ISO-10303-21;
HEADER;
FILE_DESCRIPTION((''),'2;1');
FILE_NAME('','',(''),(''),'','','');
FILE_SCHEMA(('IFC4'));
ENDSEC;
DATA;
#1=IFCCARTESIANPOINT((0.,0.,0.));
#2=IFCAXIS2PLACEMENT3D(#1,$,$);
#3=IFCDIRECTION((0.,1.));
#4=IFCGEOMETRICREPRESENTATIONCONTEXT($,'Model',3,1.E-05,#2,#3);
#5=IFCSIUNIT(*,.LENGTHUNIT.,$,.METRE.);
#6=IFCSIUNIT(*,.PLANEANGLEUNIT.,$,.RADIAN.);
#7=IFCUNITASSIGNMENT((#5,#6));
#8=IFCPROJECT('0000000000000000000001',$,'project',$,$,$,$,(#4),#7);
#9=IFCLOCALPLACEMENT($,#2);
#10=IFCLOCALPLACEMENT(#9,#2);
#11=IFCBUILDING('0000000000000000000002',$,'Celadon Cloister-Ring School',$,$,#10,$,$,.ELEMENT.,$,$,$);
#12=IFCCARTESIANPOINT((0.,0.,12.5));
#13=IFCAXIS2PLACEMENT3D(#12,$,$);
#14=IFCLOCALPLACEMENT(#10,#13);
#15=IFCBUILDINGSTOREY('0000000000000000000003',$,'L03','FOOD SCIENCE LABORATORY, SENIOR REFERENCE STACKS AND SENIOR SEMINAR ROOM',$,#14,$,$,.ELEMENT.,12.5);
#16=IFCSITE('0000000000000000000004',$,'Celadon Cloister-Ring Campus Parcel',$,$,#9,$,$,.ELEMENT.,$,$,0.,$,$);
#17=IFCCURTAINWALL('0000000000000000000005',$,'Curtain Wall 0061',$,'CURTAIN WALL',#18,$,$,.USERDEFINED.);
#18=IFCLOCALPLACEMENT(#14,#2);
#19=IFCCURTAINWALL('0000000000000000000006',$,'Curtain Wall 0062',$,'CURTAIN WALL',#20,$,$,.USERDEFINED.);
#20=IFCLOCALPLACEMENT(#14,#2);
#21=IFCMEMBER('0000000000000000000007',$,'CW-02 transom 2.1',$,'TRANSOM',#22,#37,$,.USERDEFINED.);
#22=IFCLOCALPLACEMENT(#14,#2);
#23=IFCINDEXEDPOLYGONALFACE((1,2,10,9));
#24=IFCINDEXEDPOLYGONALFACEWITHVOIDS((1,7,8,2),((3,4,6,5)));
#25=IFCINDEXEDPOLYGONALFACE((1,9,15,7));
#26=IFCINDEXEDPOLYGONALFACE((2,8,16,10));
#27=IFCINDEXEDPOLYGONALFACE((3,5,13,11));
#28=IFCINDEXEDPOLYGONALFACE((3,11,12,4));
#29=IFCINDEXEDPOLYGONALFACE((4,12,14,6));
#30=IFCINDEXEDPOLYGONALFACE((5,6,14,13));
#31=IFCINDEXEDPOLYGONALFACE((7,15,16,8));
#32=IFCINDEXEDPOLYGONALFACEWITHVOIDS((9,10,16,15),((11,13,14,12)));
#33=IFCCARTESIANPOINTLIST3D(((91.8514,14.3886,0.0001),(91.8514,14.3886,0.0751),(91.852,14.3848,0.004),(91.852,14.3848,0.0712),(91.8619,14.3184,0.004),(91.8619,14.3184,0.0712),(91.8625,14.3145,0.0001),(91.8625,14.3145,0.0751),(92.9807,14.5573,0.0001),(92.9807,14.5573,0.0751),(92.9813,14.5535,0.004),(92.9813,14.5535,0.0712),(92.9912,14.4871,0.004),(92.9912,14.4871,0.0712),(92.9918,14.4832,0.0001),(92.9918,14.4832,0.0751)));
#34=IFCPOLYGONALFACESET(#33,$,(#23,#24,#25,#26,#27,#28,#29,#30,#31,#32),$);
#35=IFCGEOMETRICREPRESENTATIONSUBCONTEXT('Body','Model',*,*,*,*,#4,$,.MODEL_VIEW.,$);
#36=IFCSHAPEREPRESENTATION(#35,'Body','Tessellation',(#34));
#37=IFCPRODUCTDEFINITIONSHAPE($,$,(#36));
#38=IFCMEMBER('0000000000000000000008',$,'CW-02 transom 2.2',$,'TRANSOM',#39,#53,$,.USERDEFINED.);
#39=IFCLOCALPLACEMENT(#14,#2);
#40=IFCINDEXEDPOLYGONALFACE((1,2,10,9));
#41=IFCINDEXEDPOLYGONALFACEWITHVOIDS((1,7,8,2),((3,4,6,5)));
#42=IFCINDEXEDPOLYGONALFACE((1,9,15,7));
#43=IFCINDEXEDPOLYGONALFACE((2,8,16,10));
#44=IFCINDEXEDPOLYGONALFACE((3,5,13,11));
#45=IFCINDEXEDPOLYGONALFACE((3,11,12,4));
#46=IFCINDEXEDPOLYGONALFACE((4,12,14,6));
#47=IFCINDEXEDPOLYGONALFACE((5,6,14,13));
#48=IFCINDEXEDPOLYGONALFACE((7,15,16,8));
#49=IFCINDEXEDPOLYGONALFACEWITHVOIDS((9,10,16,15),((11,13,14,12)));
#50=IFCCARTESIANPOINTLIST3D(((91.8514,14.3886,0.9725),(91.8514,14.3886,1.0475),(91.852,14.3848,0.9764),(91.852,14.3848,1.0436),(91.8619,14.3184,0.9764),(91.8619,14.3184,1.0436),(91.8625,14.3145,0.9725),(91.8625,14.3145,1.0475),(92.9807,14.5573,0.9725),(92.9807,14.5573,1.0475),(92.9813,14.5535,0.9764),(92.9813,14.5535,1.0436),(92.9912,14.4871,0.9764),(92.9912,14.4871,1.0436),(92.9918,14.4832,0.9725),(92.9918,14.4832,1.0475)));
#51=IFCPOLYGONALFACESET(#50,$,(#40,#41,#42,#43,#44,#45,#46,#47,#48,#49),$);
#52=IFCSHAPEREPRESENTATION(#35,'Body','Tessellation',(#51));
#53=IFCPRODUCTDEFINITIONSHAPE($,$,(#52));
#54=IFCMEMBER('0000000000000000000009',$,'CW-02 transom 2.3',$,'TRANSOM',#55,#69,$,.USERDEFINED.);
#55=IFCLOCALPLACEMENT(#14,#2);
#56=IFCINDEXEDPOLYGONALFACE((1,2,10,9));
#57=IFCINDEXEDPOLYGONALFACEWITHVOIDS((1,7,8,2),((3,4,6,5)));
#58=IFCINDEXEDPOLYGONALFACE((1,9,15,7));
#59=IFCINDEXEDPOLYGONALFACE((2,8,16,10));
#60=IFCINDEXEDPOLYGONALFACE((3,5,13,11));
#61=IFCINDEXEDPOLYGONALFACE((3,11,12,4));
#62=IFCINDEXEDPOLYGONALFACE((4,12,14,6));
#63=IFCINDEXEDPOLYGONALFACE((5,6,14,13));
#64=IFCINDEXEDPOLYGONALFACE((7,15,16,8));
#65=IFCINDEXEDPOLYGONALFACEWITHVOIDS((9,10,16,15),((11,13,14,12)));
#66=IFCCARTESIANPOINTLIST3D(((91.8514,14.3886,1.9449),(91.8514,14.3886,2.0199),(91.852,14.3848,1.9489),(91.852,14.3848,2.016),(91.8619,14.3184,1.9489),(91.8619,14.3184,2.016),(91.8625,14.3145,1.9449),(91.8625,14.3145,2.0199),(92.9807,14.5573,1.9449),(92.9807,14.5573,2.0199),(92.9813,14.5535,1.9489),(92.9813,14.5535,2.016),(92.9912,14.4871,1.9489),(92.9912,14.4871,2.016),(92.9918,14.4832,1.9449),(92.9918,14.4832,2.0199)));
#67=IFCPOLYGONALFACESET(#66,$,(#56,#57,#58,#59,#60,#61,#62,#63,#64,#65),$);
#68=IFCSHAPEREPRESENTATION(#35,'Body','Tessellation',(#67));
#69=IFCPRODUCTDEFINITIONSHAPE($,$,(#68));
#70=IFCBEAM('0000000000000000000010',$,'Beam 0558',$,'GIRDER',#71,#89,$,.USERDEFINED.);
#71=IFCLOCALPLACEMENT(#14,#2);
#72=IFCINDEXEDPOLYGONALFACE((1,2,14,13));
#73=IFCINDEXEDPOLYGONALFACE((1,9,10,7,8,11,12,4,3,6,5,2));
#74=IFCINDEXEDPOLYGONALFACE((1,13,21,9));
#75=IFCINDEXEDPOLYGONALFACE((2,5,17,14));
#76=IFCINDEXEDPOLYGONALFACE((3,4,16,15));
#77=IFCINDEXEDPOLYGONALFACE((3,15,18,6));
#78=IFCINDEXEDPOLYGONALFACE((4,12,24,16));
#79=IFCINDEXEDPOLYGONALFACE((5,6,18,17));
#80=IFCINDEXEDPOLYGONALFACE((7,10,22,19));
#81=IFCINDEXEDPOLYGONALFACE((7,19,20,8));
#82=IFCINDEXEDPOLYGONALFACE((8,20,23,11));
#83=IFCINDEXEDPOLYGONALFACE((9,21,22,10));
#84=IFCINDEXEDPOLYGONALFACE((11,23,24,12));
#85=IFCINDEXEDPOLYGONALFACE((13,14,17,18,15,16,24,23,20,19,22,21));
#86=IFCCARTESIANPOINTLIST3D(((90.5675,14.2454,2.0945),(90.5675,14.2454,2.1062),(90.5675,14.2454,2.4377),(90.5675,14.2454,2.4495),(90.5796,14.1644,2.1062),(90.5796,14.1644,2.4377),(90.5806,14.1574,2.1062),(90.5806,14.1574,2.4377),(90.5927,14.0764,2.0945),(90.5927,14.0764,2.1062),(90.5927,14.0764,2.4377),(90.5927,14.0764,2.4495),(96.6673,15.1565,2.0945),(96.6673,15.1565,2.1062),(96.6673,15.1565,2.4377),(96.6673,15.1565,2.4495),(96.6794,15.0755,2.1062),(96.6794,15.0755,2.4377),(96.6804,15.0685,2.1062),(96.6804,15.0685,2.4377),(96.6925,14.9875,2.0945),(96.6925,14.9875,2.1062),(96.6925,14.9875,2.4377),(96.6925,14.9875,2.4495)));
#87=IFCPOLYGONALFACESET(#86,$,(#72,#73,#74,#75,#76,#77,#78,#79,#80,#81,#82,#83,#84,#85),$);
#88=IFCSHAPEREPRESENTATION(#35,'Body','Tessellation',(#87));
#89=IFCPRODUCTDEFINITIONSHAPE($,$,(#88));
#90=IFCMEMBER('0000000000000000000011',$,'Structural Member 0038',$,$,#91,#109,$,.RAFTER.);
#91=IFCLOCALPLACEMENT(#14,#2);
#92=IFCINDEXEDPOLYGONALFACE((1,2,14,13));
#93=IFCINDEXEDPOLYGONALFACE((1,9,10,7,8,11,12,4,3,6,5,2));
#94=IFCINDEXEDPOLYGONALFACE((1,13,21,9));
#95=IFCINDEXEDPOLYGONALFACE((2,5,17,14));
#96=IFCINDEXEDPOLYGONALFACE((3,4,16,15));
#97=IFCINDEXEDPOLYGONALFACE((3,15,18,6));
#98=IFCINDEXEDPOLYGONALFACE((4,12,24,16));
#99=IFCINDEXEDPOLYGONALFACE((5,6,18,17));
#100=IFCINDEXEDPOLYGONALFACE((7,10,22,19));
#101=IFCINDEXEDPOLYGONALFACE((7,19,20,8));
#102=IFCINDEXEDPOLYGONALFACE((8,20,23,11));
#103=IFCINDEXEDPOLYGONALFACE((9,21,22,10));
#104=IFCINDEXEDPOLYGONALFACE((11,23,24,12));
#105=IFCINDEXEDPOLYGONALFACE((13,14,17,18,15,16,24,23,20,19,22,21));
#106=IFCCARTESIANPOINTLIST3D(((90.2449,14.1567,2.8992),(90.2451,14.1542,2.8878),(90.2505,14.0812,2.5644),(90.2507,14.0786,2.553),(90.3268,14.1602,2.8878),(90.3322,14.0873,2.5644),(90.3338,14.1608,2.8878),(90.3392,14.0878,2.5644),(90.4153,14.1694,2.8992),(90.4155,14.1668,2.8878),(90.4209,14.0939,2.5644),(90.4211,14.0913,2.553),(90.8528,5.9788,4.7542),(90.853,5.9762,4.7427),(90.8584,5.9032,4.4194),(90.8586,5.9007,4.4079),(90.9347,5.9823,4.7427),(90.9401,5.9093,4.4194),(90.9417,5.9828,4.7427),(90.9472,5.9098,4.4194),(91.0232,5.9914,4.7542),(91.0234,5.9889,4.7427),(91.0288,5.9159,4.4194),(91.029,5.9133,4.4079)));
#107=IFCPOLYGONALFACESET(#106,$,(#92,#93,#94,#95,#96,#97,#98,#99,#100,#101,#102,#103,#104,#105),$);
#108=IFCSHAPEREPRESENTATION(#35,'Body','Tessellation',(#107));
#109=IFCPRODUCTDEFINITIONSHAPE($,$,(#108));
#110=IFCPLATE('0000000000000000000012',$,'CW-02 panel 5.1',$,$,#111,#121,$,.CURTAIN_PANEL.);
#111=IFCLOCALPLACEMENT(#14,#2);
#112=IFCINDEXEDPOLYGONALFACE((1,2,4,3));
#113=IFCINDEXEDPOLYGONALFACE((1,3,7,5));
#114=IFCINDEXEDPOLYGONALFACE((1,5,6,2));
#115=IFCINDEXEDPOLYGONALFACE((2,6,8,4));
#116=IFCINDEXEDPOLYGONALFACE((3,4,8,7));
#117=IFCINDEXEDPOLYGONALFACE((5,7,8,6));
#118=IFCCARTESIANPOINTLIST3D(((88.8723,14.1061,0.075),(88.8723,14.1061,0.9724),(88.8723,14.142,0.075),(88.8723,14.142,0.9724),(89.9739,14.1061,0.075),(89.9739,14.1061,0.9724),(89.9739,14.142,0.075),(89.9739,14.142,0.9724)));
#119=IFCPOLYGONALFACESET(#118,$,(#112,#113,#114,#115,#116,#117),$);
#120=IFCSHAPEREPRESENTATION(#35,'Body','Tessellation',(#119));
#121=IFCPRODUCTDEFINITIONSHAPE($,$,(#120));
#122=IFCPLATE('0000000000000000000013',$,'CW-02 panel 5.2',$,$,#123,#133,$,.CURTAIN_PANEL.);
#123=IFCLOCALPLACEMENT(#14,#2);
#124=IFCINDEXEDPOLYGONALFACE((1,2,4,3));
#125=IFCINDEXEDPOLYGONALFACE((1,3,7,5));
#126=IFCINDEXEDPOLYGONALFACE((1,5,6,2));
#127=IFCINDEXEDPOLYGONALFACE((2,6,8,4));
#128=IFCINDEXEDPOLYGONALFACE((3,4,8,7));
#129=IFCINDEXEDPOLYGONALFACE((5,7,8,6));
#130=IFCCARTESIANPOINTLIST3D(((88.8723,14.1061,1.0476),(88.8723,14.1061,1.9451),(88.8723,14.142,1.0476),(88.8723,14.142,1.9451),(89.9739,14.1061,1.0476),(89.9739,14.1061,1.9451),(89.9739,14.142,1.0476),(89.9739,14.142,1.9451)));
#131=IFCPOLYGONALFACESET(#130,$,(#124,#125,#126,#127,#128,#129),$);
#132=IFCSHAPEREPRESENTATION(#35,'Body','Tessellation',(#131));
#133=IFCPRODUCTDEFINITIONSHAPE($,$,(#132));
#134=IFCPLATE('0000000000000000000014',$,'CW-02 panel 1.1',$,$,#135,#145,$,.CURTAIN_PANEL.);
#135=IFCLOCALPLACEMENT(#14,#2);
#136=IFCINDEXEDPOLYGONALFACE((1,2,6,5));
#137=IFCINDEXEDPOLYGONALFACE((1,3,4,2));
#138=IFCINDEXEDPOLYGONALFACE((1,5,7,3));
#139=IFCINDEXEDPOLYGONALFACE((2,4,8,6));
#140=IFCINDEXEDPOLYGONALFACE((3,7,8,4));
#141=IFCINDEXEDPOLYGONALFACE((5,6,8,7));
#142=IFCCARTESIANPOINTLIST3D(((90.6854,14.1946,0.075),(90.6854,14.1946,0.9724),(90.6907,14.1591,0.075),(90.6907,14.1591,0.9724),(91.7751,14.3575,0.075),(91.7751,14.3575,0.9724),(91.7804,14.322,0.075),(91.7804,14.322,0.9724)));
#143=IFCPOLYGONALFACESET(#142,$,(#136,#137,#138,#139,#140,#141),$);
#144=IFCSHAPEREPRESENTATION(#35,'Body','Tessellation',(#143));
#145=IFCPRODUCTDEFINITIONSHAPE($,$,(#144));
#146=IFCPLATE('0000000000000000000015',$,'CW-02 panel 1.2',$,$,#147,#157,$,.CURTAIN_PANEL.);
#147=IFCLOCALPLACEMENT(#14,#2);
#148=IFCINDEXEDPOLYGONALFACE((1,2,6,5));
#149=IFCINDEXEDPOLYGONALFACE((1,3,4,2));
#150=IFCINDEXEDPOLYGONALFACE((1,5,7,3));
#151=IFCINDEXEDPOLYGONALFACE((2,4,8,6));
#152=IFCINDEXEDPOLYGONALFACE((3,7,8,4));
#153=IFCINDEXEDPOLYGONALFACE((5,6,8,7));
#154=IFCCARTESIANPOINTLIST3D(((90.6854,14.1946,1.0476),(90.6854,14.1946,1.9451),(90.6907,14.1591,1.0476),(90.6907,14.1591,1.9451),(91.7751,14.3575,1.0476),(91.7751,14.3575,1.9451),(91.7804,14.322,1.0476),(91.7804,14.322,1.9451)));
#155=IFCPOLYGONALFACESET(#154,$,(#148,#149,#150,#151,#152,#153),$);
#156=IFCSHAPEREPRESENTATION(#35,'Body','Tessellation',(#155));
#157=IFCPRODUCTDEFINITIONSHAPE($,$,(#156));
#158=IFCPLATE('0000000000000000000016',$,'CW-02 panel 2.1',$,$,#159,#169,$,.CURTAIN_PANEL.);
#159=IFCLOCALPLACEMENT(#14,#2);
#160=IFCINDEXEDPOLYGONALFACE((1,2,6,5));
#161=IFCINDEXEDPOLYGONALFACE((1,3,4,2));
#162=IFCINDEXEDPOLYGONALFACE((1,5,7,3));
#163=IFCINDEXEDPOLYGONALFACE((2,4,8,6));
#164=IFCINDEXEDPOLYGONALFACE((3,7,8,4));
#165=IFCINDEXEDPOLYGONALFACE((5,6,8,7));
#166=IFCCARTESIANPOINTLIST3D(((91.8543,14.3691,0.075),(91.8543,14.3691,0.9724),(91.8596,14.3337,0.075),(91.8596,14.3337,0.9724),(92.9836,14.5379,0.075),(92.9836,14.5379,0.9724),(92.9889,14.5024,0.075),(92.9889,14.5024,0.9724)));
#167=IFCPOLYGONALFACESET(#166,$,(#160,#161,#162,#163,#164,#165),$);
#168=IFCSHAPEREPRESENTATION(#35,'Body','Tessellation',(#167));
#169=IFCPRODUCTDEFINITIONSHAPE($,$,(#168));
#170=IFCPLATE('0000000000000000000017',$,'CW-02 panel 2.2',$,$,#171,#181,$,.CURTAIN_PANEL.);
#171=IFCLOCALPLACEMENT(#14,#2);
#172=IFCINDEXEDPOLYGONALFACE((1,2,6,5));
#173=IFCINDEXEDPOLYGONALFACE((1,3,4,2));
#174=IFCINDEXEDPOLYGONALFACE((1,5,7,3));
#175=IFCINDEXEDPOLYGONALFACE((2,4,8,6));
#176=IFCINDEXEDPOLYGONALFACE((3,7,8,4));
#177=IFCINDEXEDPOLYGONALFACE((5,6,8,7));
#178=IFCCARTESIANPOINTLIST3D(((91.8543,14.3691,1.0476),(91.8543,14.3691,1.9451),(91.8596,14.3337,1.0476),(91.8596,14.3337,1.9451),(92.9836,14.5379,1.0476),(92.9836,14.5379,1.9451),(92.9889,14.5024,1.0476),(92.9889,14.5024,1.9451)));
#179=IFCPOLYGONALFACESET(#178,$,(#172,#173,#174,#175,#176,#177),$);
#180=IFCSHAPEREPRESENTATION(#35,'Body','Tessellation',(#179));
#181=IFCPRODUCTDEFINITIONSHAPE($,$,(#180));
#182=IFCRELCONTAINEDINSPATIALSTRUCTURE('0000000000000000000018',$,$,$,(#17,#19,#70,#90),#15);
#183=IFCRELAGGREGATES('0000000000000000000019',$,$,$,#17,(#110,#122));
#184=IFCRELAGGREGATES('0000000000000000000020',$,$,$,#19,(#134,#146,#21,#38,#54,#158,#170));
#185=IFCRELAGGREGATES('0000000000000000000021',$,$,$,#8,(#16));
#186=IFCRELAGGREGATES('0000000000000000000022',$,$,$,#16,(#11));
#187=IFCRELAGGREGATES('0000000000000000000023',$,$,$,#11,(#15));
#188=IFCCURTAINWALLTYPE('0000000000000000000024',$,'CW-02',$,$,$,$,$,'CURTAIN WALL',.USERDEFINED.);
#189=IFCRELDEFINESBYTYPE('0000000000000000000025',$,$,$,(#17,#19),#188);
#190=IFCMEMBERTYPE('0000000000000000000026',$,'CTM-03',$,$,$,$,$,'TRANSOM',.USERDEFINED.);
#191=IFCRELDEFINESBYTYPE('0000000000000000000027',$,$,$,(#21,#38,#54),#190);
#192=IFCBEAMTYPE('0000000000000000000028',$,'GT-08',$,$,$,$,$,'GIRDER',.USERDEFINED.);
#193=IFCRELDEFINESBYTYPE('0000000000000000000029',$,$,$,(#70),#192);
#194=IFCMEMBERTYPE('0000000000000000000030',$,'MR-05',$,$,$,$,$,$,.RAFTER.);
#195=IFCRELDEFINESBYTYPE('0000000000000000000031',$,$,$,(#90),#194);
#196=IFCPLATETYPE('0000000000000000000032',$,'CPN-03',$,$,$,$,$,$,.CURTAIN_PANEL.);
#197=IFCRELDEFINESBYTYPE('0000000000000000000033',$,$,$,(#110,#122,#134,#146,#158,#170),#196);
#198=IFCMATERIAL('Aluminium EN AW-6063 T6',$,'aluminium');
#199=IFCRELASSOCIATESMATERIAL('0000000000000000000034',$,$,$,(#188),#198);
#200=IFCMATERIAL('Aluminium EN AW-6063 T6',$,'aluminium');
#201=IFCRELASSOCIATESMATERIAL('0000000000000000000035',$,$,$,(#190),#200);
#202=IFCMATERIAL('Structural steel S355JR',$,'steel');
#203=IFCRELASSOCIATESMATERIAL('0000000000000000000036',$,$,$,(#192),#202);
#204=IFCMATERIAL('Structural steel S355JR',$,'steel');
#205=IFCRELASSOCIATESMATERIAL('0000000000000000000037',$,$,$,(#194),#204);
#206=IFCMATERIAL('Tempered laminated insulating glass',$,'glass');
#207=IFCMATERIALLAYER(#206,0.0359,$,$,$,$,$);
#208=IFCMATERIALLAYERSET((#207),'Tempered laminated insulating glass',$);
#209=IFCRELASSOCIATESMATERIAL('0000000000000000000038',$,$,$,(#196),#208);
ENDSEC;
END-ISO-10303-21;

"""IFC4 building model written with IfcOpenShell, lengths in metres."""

from ifc_helpers import new_model, si_unit, direction, frame, origin, origin_2d, place, context, subcontext, project, spatial, rectangle, hollow_rectangle, i_section, extrude, material, layer, layer_set, material_profile, profile_set, type_object, element, aggregate, save


model = new_model("IFC4")

# Units and contexts
model_context = context("Model", 3, precision=1e-05, world=origin(), true_north=direction((0.0, 1.0)))
body_context = subcontext(model_context, "Body", "Model", "MODEL_VIEW")
ifc_project = project(units=[si_unit("LENGTHUNIT", "METRE"), si_unit("PLANEANGLEUNIT", "RADIAN")], contexts=[model_context])

# Site, building, storey
site_placement = place(None, origin())
site = spatial("IfcSite", under=ifc_project, at=site_placement, Name="Celadon Cloister-Ring Campus Parcel", CompositionType="ELEMENT", RefElevation=0.0)
building_placement = place(site_placement, origin())
building = spatial("IfcBuilding", under=site, at=building_placement, Name="Celadon Cloister-Ring School", CompositionType="ELEMENT")
storey_placement = place(building_placement, frame((0.0, 0.0, 12.5)))
storey = spatial("IfcBuildingStorey", under=building, at=storey_placement, Name="L03", Description="FOOD SCIENCE LABORATORY, SENIOR REFERENCE STACKS AND SENIOR SEMINAR ROOM", CompositionType="ELEMENT", Elevation=12.5)

# Curtain walls
ifc_material_1 = material(Name="Aluminium EN AW-6063 T6", Category="aluminium")
curtain_wall_type = type_object("IfcCurtainWallType", Name="CW-02", ElementType="CURTAIN WALL", PredefinedType="USERDEFINED", material=ifc_material_1)
curtain_wall_1_placement = place(storey_placement, origin())
curtain_wall_1 = element("IfcCurtainWall", 1, at=curtain_wall_1_placement, inside=storey, type_object=curtain_wall_type, Name="Curtain Wall 0061", ObjectType="CURTAIN WALL", PredefinedType="USERDEFINED")
curtain_wall_2_placement = place(storey_placement, origin())
curtain_wall_2 = element("IfcCurtainWall", 2, at=curtain_wall_2_placement, inside=storey, type_object=curtain_wall_type, Name="Curtain Wall 0062", ObjectType="CURTAIN WALL", PredefinedType="USERDEFINED")

# Members
ifc_material_2 = material(Name="Aluminium EN AW-6063 T6", Category="aluminium")
ifc_material_profile_1 = material_profile(ifc_material_2, hollow_rectangle(XDim=0.075, YDim=0.075, WallThickness=0.0039, at=origin_2d()), Name="RHS75X75X4")
ifc_profile_set_1 = profile_set([ifc_material_profile_1], Name="Aluminium EN AW-6063 T6")
member_type_1 = type_object("IfcMemberType", Name="CTM-03", ElementType="TRANSOM", PredefinedType="USERDEFINED", material=ifc_profile_set_1)
member_1_placement = place(storey_placement, frame((91.8569, 14.3516, 0.0376), z_axis=(0.989027, 0.147734, 0.0), x_axis=(-0.147734, 0.989027, 0.0)))
member_1 = element("IfcMember", 3, at=member_1_placement, type_object=member_type_1, Name="CW-02 transom 2.1", ObjectType="TRANSOM", PredefinedType="USERDEFINED", context=body_context, shape_type="SweptSolid", body=[
    extrude(hollow_rectangle(XDim=0.075, YDim=0.075, WallThickness=0.0039, at=origin_2d()), origin(), (0.0, 0.0, 1.0), 1.1418),
])
member_2_placement = place(storey_placement, frame((91.8569, 14.3516, 1.01), z_axis=(0.989027, 0.147734, 0.0), x_axis=(-0.147734, 0.989027, 0.0)))
member_2 = element("IfcMember", 4, at=member_2_placement, type_object=member_type_1, Name="CW-02 transom 2.2", ObjectType="TRANSOM", PredefinedType="USERDEFINED", context=body_context, shape_type="SweptSolid", body=[
    extrude(hollow_rectangle(XDim=0.075, YDim=0.075, WallThickness=0.0039, at=origin_2d()), origin(), (0.0, 0.0, 1.0), 1.1418),
])
member_3_placement = place(storey_placement, frame((91.8569, 14.3516, 1.9824), z_axis=(0.989027, 0.147734, 0.0), x_axis=(-0.147734, 0.989027, 0.0)))
member_3 = element("IfcMember", 5, at=member_3_placement, type_object=member_type_1, Name="CW-02 transom 2.3", ObjectType="TRANSOM", PredefinedType="USERDEFINED", context=body_context, shape_type="SweptSolid", body=[
    extrude(hollow_rectangle(XDim=0.075, YDim=0.075, WallThickness=0.0039, at=origin_2d()), origin(), (0.0, 0.0, 1.0), 1.1418),
])

# Beam
ifc_material_3 = material(Name="Structural steel S355JR", Category="steel")
ifc_material_profile_2 = material_profile(ifc_material_3, i_section(OverallWidth=0.1709, OverallDepth=0.355, WebThickness=0.0071, FlangeThickness=0.0117, at=origin_2d()), Name="W360X51")
ifc_profile_set_2 = profile_set([ifc_material_profile_2], Name="Structural steel S355JR")
beam_type = type_object("IfcBeamType", Name="GT-08", ElementType="GIRDER", PredefinedType="USERDEFINED", material=ifc_profile_set_2)
beam_placement = place(storey_placement, frame((90.5801, 14.1609, 2.272), z_axis=(0.989028, 0.147731, 0.0), x_axis=(-0.147731, 0.989028, 0.0)))
element("IfcBeam", 6, at=beam_placement, inside=storey, type_object=beam_type, Name="Beam 0558", ObjectType="GIRDER", PredefinedType="USERDEFINED", context=body_context, shape_type="SweptSolid", body=[
    extrude(i_section(OverallWidth=0.1709, OverallDepth=0.355, WebThickness=0.0071, FlangeThickness=0.0117, at=origin_2d()), origin(), (0.0, 0.0, 1.0), 6.1675),
])

# Member
ifc_material_4 = material(Name="Structural steel S355JR", Category="steel")
ifc_material_profile_3 = material_profile(ifc_material_4, i_section(OverallWidth=0.1709, OverallDepth=0.355, WebThickness=0.0071, FlangeThickness=0.0117, at=origin_2d()), Name="W360X51")
ifc_profile_set_3 = profile_set([ifc_material_profile_3], Name="Structural steel S355JR")
member_type_2 = type_object("IfcMemberType", Name="MR-05", PredefinedType="RAFTER", material=ifc_profile_set_3)
member_4_placement = place(storey_placement, frame((90.333, 14.124, 2.7261), z_axis=(0.072304, -0.972674, 0.220628), x_axis=(0.997249, 0.07413, 0.0)))
element("IfcMember", 7, at=member_4_placement, inside=storey, type_object=member_type_2, Name="Structural Member 0038", PredefinedType="RAFTER", context=body_context, shape_type="SweptSolid", body=[
    extrude(i_section(OverallWidth=0.1709, OverallDepth=0.355, WebThickness=0.0071, FlangeThickness=0.0117, at=origin_2d()), origin(), (0.0, 0.0, 1.0), 8.4077),
])

# Plates
ifc_material_5 = material(Name="Tempered laminated insulating glass", Category="glass")
ifc_layer_1 = layer(ifc_material_5, 0.0359)
ifc_layer_set_1 = layer_set([ifc_layer_1], Name="Tempered laminated insulating glass")
plate_type = type_object("IfcPlateType", Name="CPN-03", PredefinedType="CURTAIN_PANEL", material=ifc_layer_set_1)
plate_1_placement = place(storey_placement, frame((89.4231, 14.124, 0.075), z_axis=(0.0, 0.0, 1.0), x_axis=(1.0, 0.0, 0.0)))
plate_1 = element("IfcPlate", 8, at=plate_1_placement, type_object=plate_type, Name="CW-02 panel 5.1", PredefinedType="CURTAIN_PANEL", context=body_context, shape_type="SweptSolid", body=[
    extrude(rectangle(XDim=1.1016, YDim=0.0359, at=origin_2d()), origin(), (0.0, 0.0, 1.0), 0.8975),
])
plate_2_placement = place(storey_placement, frame((89.4231, 14.124, 1.0476), z_axis=(0.0, 0.0, 1.0), x_axis=(1.0, 0.0, 0.0)))
plate_2 = element("IfcPlate", 9, at=plate_2_placement, type_object=plate_type, Name="CW-02 panel 5.2", PredefinedType="CURTAIN_PANEL", context=body_context, shape_type="SweptSolid", body=[
    extrude(rectangle(XDim=1.1016, YDim=0.0359, at=origin_2d()), origin(), (0.0, 0.0, 1.0), 0.8975),
])
aggregate(curtain_wall_1, [plate_1, plate_2])
plate_3_placement = place(storey_placement, frame((91.2329, 14.2583, 0.075), z_axis=(0.0, 0.0, 1.0), x_axis=(0.989015, 0.147812, 0.0)))
plate_3 = element("IfcPlate", 10, at=plate_3_placement, type_object=plate_type, Name="CW-02 panel 1.1", PredefinedType="CURTAIN_PANEL", context=body_context, shape_type="SweptSolid", body=[
    extrude(rectangle(XDim=1.1018, YDim=0.0359, at=origin_2d()), origin(), (0.0, 0.0, 1.0), 0.8975),
])
plate_4_placement = place(storey_placement, frame((91.2329, 14.2583, 1.0476), z_axis=(0.0, 0.0, 1.0), x_axis=(0.989015, 0.147812, 0.0)))
plate_4 = element("IfcPlate", 11, at=plate_4_placement, type_object=plate_type, Name="CW-02 panel 1.2", PredefinedType="CURTAIN_PANEL", context=body_context, shape_type="SweptSolid", body=[
    extrude(rectangle(XDim=1.1018, YDim=0.0359, at=origin_2d()), origin(), (0.0, 0.0, 1.0), 0.8975),
])
plate_5_placement = place(storey_placement, frame((92.4216, 14.4358, 0.075), z_axis=(0.0, 0.0, 1.0), x_axis=(0.989015, 0.147812, 0.0)))
plate_5 = element("IfcPlate", 12, at=plate_5_placement, type_object=plate_type, Name="CW-02 panel 2.1", PredefinedType="CURTAIN_PANEL", context=body_context, shape_type="SweptSolid", body=[
    extrude(rectangle(XDim=1.1418, YDim=0.0359, at=origin_2d()), origin(), (0.0, 0.0, 1.0), 0.8975),
])
plate_6_placement = place(storey_placement, frame((92.4216, 14.4358, 1.0476), z_axis=(0.0, 0.0, 1.0), x_axis=(0.989015, 0.147812, 0.0)))
plate_6 = element("IfcPlate", 13, at=plate_6_placement, type_object=plate_type, Name="CW-02 panel 2.2", PredefinedType="CURTAIN_PANEL", context=body_context, shape_type="SweptSolid", body=[
    extrude(rectangle(XDim=1.1418, YDim=0.0359, at=origin_2d()), origin(), (0.0, 0.0, 1.0), 0.8975),
])
aggregate(curtain_wall_2, [plate_3, plate_4, member_1, member_2, member_3, plate_5, plate_6])

save(model, "model.ifc")
